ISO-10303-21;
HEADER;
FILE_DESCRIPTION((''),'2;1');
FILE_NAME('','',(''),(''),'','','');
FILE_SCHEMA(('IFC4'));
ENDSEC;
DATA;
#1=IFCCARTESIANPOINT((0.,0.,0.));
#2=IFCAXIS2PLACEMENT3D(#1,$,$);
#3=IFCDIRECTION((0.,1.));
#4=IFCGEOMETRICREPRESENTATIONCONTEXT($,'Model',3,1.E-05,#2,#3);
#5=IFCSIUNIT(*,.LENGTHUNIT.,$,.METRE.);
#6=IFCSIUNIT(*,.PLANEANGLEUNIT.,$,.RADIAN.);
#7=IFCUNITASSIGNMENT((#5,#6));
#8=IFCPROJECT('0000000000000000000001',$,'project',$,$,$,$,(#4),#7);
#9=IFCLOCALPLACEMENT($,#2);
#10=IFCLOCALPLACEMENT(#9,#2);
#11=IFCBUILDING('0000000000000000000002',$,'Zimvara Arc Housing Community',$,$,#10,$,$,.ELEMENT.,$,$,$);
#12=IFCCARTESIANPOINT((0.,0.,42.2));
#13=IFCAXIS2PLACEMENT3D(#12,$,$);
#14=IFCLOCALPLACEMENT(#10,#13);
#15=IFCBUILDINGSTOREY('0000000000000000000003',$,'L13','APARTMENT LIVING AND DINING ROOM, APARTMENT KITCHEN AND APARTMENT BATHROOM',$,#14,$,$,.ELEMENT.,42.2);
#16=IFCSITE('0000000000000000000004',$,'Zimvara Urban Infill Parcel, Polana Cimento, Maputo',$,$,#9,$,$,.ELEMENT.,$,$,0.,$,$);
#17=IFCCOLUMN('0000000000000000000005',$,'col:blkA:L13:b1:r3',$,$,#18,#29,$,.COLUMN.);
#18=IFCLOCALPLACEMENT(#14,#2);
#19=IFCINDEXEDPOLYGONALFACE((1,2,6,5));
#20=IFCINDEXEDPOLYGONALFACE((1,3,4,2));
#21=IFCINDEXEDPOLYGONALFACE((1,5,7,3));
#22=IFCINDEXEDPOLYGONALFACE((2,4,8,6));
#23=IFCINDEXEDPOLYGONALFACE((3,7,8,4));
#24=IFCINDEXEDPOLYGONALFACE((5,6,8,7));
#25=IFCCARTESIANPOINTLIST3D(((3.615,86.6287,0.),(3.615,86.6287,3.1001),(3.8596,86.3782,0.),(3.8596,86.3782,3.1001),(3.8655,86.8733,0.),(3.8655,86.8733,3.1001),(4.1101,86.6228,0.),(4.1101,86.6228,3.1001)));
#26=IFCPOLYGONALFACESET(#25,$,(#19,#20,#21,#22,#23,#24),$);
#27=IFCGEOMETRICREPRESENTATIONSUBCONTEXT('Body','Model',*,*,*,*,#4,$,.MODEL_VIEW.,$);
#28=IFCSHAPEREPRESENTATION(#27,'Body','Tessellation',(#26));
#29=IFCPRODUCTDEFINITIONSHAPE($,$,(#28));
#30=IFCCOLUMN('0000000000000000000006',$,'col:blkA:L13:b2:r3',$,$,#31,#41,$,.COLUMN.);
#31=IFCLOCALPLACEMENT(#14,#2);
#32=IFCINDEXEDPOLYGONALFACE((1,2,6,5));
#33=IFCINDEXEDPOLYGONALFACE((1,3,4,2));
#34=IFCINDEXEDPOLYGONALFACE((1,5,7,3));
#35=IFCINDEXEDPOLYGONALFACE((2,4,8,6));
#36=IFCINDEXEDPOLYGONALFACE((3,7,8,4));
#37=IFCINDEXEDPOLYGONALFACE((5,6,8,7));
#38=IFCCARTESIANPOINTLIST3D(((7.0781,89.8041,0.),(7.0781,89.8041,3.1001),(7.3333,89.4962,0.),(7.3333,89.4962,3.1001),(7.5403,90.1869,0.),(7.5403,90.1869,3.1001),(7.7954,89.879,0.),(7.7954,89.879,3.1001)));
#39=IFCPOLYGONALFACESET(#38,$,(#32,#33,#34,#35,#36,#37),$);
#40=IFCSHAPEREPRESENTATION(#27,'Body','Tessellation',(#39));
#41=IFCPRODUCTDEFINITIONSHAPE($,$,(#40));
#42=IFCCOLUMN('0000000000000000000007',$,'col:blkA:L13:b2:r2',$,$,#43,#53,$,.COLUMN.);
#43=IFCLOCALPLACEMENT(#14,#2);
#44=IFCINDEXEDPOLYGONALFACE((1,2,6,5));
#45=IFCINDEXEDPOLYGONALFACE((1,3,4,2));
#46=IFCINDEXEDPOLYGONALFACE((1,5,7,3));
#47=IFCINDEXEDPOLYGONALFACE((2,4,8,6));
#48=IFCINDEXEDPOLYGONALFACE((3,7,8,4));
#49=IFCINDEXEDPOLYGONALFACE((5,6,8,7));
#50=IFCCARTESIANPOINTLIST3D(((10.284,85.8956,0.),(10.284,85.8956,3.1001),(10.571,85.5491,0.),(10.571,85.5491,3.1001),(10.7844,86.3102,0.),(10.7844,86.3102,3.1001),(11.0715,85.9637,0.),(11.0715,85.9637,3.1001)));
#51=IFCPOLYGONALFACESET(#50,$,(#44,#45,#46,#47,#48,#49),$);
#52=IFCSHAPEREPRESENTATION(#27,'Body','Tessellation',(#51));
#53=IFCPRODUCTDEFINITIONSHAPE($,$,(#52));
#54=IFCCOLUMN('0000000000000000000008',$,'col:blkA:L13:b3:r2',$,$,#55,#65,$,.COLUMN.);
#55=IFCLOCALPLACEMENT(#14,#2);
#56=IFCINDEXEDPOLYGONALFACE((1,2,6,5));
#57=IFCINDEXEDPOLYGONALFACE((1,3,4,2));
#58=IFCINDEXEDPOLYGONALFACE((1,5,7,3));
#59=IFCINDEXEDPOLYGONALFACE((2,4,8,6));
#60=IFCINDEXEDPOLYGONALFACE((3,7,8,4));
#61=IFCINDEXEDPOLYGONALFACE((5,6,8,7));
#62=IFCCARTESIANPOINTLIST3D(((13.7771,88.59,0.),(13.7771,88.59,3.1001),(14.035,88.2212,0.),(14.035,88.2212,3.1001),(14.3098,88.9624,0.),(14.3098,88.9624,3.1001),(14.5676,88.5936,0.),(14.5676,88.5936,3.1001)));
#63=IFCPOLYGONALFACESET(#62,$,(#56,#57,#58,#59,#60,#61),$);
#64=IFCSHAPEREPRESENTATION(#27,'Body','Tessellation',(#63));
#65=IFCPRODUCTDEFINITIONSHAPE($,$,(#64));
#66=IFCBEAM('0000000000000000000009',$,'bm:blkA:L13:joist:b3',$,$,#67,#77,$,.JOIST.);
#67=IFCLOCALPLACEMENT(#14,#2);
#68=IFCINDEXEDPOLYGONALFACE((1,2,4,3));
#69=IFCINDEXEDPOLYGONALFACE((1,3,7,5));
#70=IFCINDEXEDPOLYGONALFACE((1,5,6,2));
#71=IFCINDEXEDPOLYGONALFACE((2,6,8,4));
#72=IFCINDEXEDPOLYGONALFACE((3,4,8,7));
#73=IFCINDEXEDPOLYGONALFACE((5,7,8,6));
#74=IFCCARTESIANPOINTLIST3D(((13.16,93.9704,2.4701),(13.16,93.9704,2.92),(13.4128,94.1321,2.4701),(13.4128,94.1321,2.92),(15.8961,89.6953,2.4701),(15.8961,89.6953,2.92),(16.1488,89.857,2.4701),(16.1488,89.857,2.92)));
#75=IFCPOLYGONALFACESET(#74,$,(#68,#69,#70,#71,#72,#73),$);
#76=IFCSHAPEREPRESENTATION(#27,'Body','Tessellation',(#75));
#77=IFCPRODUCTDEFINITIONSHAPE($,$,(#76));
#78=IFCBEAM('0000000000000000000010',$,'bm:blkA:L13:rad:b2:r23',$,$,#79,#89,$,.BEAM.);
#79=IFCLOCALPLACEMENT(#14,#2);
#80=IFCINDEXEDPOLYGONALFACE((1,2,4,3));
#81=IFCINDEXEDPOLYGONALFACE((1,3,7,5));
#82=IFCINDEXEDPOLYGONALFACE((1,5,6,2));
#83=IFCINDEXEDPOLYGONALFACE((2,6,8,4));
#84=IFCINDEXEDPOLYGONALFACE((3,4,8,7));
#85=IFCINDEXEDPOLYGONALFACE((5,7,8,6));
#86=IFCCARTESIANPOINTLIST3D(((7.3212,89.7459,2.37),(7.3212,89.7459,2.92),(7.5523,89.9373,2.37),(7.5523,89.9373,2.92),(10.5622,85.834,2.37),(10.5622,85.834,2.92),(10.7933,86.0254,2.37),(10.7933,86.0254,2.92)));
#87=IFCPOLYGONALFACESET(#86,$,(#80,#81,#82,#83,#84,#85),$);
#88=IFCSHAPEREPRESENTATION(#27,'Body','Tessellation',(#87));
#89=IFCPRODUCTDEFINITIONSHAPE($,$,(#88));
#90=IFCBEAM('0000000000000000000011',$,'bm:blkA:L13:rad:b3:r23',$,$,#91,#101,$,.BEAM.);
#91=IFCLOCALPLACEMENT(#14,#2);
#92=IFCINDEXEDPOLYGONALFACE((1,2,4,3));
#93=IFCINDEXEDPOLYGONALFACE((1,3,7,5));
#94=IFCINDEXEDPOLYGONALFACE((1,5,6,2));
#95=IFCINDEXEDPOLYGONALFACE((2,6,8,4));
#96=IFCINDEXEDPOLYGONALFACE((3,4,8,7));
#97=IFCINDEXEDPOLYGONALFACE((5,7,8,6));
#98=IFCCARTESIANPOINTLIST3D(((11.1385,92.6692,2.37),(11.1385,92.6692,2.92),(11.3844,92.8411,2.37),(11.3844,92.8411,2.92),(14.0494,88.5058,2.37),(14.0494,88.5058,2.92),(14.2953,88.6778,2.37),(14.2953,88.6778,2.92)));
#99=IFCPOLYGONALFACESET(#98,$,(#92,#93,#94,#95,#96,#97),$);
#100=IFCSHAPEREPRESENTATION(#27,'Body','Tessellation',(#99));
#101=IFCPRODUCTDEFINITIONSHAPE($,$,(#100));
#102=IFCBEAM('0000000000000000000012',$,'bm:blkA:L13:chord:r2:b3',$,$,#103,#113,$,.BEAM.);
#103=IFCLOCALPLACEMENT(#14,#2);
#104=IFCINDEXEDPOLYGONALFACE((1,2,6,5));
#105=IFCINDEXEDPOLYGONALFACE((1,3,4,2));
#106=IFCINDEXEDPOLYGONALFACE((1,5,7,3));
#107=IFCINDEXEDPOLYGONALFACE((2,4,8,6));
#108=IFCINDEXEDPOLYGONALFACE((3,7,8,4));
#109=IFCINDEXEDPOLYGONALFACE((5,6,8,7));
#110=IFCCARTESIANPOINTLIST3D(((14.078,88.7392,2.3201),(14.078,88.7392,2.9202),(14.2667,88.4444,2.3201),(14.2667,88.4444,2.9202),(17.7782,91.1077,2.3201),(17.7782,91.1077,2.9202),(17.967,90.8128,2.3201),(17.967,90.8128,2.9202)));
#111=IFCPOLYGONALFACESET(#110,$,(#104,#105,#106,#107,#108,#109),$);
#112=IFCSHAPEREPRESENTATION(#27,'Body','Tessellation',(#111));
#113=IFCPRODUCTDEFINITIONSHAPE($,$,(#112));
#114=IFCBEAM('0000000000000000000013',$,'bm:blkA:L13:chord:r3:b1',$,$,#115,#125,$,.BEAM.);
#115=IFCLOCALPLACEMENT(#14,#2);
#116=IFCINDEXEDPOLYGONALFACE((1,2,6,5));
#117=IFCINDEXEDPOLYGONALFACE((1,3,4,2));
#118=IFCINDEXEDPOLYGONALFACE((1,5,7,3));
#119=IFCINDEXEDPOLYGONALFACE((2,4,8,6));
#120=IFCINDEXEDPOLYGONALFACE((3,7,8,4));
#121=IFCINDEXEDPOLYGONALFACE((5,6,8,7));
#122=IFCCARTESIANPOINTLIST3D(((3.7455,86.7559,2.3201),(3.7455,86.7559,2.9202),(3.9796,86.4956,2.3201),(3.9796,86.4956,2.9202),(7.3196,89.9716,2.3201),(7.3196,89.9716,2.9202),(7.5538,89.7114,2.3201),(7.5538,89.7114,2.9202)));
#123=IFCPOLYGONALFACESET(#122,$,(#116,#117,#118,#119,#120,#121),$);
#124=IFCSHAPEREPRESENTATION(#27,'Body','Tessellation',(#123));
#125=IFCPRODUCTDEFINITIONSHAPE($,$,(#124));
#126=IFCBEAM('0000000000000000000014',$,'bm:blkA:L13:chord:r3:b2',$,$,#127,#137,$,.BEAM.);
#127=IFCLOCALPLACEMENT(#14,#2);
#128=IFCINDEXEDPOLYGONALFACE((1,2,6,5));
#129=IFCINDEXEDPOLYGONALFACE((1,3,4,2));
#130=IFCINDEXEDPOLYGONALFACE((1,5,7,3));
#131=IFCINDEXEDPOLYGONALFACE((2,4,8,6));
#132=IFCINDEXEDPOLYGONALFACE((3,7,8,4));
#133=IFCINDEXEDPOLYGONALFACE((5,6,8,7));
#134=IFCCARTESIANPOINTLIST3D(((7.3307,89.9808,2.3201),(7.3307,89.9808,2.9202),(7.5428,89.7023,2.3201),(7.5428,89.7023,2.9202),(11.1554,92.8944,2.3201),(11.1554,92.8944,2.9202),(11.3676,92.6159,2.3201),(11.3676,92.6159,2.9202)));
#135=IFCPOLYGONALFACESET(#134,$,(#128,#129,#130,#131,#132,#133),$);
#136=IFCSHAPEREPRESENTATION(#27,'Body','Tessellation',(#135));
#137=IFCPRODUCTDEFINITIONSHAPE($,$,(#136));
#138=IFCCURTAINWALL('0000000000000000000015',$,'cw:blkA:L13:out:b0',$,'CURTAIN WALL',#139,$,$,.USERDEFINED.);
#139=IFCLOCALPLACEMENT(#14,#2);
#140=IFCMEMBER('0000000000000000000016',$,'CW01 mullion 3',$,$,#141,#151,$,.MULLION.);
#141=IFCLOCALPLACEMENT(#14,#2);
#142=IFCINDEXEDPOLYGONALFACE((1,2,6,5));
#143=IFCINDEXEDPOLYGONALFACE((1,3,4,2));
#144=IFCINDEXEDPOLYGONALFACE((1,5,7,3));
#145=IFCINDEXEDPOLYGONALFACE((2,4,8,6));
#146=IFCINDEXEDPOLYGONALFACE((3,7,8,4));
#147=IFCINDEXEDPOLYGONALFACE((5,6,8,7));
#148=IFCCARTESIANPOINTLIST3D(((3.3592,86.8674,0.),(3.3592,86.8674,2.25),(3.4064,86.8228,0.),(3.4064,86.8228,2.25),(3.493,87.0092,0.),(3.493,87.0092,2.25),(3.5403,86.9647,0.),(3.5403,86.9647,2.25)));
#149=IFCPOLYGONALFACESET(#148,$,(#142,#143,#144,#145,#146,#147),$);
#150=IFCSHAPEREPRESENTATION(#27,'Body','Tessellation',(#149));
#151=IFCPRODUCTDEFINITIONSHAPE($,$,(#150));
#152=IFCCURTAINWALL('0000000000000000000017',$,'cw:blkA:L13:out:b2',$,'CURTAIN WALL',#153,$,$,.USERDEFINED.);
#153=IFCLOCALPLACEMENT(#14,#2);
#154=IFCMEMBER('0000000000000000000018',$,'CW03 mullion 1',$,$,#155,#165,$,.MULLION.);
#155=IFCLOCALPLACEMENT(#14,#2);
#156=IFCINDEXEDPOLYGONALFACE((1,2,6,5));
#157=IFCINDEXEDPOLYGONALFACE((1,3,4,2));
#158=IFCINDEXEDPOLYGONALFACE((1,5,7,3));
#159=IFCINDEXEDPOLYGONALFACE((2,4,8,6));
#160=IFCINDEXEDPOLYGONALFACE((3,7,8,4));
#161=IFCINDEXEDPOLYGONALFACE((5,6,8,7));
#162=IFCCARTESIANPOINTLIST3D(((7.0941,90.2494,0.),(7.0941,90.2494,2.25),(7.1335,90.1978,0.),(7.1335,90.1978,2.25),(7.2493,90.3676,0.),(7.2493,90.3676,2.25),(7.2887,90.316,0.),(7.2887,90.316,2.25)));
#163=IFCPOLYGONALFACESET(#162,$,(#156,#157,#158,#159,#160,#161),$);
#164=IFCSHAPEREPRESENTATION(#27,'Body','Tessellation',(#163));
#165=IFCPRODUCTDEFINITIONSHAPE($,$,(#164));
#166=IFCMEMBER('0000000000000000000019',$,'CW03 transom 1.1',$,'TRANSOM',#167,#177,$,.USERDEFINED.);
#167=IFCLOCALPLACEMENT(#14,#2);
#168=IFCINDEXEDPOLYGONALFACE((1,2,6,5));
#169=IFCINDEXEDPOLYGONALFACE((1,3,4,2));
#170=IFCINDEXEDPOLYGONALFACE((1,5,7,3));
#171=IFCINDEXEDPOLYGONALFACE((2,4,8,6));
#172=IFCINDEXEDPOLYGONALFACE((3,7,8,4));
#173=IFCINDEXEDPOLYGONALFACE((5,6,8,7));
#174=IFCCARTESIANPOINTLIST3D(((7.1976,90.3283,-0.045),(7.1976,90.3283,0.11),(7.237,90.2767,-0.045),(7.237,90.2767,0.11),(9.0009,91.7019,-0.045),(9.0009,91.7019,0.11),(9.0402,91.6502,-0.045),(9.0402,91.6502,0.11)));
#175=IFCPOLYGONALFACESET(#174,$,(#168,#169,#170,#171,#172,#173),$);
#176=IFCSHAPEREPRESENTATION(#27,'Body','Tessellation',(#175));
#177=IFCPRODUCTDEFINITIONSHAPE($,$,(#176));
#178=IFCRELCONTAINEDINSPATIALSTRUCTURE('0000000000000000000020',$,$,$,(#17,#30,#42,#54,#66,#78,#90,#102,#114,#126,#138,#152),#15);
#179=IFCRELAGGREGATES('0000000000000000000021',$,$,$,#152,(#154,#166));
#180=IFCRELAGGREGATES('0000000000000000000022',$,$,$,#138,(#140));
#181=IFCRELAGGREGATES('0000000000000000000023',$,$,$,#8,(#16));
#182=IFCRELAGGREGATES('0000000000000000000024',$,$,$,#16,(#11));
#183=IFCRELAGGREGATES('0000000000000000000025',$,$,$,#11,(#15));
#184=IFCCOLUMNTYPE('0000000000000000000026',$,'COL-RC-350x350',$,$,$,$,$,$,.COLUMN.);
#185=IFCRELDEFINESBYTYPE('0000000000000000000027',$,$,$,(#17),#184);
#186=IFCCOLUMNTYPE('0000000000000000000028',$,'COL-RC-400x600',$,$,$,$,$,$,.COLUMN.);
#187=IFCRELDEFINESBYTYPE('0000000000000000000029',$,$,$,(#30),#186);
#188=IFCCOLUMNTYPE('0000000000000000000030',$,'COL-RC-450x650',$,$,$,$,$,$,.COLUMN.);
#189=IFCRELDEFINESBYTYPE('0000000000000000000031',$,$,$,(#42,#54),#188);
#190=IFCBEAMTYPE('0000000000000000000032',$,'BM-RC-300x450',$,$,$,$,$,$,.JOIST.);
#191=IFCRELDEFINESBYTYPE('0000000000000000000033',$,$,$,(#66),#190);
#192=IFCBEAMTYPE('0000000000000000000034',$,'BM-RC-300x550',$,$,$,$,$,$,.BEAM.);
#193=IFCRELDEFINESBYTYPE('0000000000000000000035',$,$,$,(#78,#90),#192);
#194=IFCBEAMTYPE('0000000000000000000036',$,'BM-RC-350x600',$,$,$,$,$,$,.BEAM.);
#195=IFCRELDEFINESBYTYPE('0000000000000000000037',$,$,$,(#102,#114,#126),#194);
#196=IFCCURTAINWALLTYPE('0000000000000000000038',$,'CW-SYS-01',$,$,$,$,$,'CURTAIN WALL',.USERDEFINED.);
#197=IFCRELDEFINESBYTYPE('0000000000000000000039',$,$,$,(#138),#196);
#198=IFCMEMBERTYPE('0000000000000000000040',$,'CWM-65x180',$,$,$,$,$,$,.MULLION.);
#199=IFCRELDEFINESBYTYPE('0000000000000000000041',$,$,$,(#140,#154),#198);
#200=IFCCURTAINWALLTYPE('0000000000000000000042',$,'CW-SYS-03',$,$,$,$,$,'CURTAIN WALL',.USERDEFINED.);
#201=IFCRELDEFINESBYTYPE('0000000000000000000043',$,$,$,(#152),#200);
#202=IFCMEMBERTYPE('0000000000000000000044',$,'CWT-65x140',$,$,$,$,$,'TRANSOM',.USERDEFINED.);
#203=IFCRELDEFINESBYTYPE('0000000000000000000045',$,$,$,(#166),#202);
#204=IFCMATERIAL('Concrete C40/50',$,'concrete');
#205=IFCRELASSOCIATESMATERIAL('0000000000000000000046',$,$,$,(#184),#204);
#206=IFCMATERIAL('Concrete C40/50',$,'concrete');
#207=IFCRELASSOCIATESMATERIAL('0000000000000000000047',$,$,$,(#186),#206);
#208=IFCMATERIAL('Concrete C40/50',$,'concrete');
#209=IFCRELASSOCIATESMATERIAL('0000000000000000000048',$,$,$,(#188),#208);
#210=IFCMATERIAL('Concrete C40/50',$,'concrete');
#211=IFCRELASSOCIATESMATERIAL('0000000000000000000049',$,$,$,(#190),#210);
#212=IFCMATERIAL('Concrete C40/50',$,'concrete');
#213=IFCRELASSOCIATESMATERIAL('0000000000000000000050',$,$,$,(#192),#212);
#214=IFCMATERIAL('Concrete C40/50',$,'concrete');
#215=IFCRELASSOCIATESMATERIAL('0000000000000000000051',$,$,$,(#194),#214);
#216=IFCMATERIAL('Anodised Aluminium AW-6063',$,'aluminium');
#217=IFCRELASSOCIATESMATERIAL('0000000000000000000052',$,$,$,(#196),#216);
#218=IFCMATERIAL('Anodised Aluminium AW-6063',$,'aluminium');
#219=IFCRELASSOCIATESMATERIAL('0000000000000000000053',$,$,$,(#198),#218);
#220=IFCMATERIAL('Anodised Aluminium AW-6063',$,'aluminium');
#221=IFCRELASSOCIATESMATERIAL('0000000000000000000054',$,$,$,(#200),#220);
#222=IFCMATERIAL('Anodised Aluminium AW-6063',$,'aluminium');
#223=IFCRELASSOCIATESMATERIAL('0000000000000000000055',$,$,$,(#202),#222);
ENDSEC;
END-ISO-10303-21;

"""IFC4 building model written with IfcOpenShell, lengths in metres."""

from ifc_helpers import new_model, si_unit, direction, frame, origin, origin_2d, place, context, subcontext, project, spatial, rectangle, extrude, material, material_profile, profile_set, type_object, element, aggregate, save


model = new_model("IFC4")

# Units and contexts
model_context = context("Model", 3, precision=1e-05, world=origin(), true_north=direction((0.0, 1.0)))
body_context = subcontext(model_context, "Body", "Model", "MODEL_VIEW")
ifc_project = project(units=[si_unit("LENGTHUNIT", "METRE"), si_unit("PLANEANGLEUNIT", "RADIAN")], contexts=[model_context])

# Site, building, storey
site_placement = place(None, origin())
site = spatial("IfcSite", under=ifc_project, at=site_placement, Name="Zimvara Urban Infill Parcel, Polana Cimento, Maputo", CompositionType="ELEMENT", RefElevation=0.0)
building_placement = place(site_placement, origin())
building = spatial("IfcBuilding", under=site, at=building_placement, Name="Zimvara Arc Housing Community", CompositionType="ELEMENT")
storey_placement = place(building_placement, frame((0.0, 0.0, 42.2)))
storey = spatial("IfcBuildingStorey", under=building, at=storey_placement, Name="L13", Description="APARTMENT LIVING AND DINING ROOM, APARTMENT KITCHEN AND APARTMENT BATHROOM", CompositionType="ELEMENT", Elevation=42.2)

# Columns
ifc_material_1 = material(Name="Concrete C40/50", Category="concrete")
ifc_material_profile_1 = material_profile(ifc_material_1, rectangle(XDim=0.3501, YDim=0.3501, at=origin_2d()), Name="RC 350x350")
ifc_profile_set_1 = profile_set([ifc_material_profile_1], Name="Concrete C40/50")
column_type_1 = type_object("IfcColumnType", Name="COL-RC-350x350", PredefinedType="COLUMN", material=ifc_profile_set_1)
column_1_placement = place(storey_placement, frame((3.8625, 86.6257, 0.0), z_axis=(0.0, 0.0, 1.0), x_axis=(-0.698665, 0.715449, 0.0)))
element("IfcColumn", 1, at=column_1_placement, inside=storey, type_object=column_type_1, Name="col:blkA:L13:b1:r3", PredefinedType="COLUMN", context=body_context, shape_type="SweptSolid", body=[
    extrude(rectangle(XDim=0.3501, YDim=0.3501, at=origin_2d()), origin(), (0.0, 0.0, 1.0), 3.1001),
])
ifc_material_2 = material(Name="Concrete C40/50", Category="concrete")
ifc_material_profile_2 = material_profile(ifc_material_2, rectangle(XDim=0.3999, YDim=0.6001, at=origin_2d()), Name="RC 400x600")
ifc_profile_set_2 = profile_set([ifc_material_profile_2], Name="Concrete C40/50")
column_type_2 = type_object("IfcColumnType", Name="COL-RC-400x600", PredefinedType="COLUMN", material=ifc_profile_set_2)
column_2_placement = place(storey_placement, frame((7.4368, 89.8416, 0.0), z_axis=(0.0, 0.0, 1.0), x_axis=(-0.637962, 0.770068, 0.0)))
element("IfcColumn", 2, at=column_2_placement, inside=storey, type_object=column_type_2, Name="col:blkA:L13:b2:r3", PredefinedType="COLUMN", context=body_context, shape_type="SweptSolid", body=[
    extrude(rectangle(XDim=0.3999, YDim=0.6001, at=origin_2d()), origin(), (0.0, 0.0, 1.0), 3.1001),
])
ifc_material_3 = material(Name="Concrete C40/50", Category="concrete")
ifc_material_profile_3 = material_profile(ifc_material_3, rectangle(XDim=0.45, YDim=0.6499, at=origin_2d()), Name="RC 450x650")
ifc_profile_set_3 = profile_set([ifc_material_profile_3], Name="Concrete C40/50")
column_type_3 = type_object("IfcColumnType", Name="COL-RC-450x650", PredefinedType="COLUMN", material=ifc_profile_set_3)
for number, where, z_axis, x_axis, name in (
    (3, (10.6777, 85.9297, 0.0), (0.0, 0.0, 1.0), (-0.637962, 0.770068, 0.0), "col:blkA:L13:b2:r2"),
    (4, (14.1724, 88.5918, 0.0), (0.0, 0.0, 1.0), (-0.573004, 0.819552, 0.0), "col:blkA:L13:b3:r2"),
):
    element("IfcColumn", number, at=place(storey_placement, frame(where, z_axis=z_axis, x_axis=x_axis)), inside=storey, type_object=column_type_3, Name=name, PredefinedType="COLUMN", context=body_context, shape_type="SweptSolid", body=[
        extrude(rectangle(XDim=0.45, YDim=0.6499, at=origin_2d()), origin(), (0.0, 0.0, 1.0), 3.1001),
    ])

# Beams
ifc_material_4 = material(Name="Concrete C40/50", Category="concrete")
ifc_material_profile_4 = material_profile(ifc_material_4, rectangle(XDim=0.3, YDim=0.45, at=origin_2d()), Name="RC 300x450")
ifc_profile_set_4 = profile_set([ifc_material_profile_4], Name="Concrete C40/50")
beam_type_1 = type_object("IfcBeamType", Name="BM-RC-300x450", PredefinedType="JOIST", material=ifc_profile_set_4)
beam_1_placement = place(storey_placement, frame((16.0225, 89.7761, 2.6951), z_axis=(-0.539052, 0.842272, 0.0), x_axis=(-0.842272, -0.539052, 0.0)))
element("IfcBeam", 5, at=beam_1_placement, inside=storey, type_object=beam_type_1, Name="bm:blkA:L13:joist:b3", PredefinedType="JOIST", context=body_context, shape_type="SweptSolid", body=[
    extrude(rectangle(XDim=0.3, YDim=0.45, at=origin_2d()), origin(), (0.0, 0.0, 1.0), 5.0757),
])
ifc_material_5 = material(Name="Concrete C40/50", Category="concrete")
ifc_material_profile_5 = material_profile(ifc_material_5, rectangle(XDim=0.3, YDim=0.55, at=origin_2d()), Name="RC 300x550")
ifc_profile_set_5 = profile_set([ifc_material_profile_5], Name="Concrete C40/50")
beam_type_2 = type_object("IfcBeamType", Name="BM-RC-300x550", PredefinedType="BEAM", material=ifc_profile_set_5)
for number, where, z_axis, x_axis, name in (
    (6, (10.6777, 85.9297, 2.645), (-0.637984, 0.77005, 0.0), (-0.77005, -0.637984, 0.0), "bm:blkA:L13:rad:b2:r23"),
    (7, (14.1724, 88.5918, 2.645), (-0.573007, 0.81955, 0.0), (-0.81955, -0.573007, 0.0), "bm:blkA:L13:rad:b3:r23"),
):
    element("IfcBeam", number, at=place(storey_placement, frame(where, z_axis=z_axis, x_axis=x_axis)), inside=storey, type_object=beam_type_2, Name=name, PredefinedType="BEAM", context=body_context, shape_type="SweptSolid", body=[
        extrude(rectangle(XDim=0.3, YDim=0.55, at=origin_2d()), origin(), (0.0, 0.0, 1.0), 5.0801),
    ])
ifc_material_6 = material(Name="Concrete C40/50", Category="concrete")
ifc_material_profile_6 = material_profile(ifc_material_6, rectangle(XDim=0.3501, YDim=0.6001, at=origin_2d()), Name="RC 350x600")
ifc_profile_set_6 = profile_set([ifc_material_profile_6], Name="Concrete C40/50")
beam_type_3 = type_object("IfcBeamType", Name="BM-RC-350x600", PredefinedType="BEAM", material=ifc_profile_set_6)
beam_2_placement = place(storey_placement, frame((14.1724, 88.5918, 2.6201), z_axis=(0.842242, 0.539099, 0.0), x_axis=(-0.539099, 0.842242, 0.0)))
element("IfcBeam", 8, at=beam_2_placement, inside=storey, type_object=beam_type_3, Name="bm:blkA:L13:chord:r2:b3", PredefinedType="BEAM", context=body_context, shape_type="SweptSolid", body=[
    extrude(rectangle(XDim=0.3501, YDim=0.6001, at=origin_2d()), origin(), (0.0, 0.0, 1.0), 4.3933),
])
beam_3_placement = place(storey_placement, frame((3.8625, 86.6257, 2.6201), z_axis=(0.743395, 0.668853, 0.0), x_axis=(-0.668853, 0.743395, 0.0)))
element("IfcBeam", 9, at=beam_3_placement, inside=storey, type_object=beam_type_3, Name="bm:blkA:L13:chord:r3:b1", PredefinedType="BEAM", context=body_context, shape_type="SweptSolid", body=[
    extrude(rectangle(XDim=0.3501, YDim=0.6001, at=origin_2d()), origin(), (0.0, 0.0, 1.0), 4.8079),
])
beam_4_placement = place(storey_placement, frame((7.4368, 89.8416, 2.6201), z_axis=(0.795481, 0.605979, 0.0), x_axis=(-0.605979, 0.795481, 0.0)))
element("IfcBeam", 10, at=beam_4_placement, inside=storey, type_object=beam_type_3, Name="bm:blkA:L13:chord:r3:b2", PredefinedType="BEAM", context=body_context, shape_type="SweptSolid", body=[
    extrude(rectangle(XDim=0.3501, YDim=0.6001, at=origin_2d()), origin(), (0.0, 0.0, 1.0), 4.8081),
])

# Curtain wall, member
ifc_material_7 = material(Name="Anodised Aluminium AW-6063", Category="aluminium")
curtain_wall_type_1 = type_object("IfcCurtainWallType", Name="CW-SYS-01", ElementType="CURTAIN WALL", PredefinedType="USERDEFINED", material=ifc_material_7)
curtain_wall_1_placement = place(storey_placement, origin())
curtain_wall_1 = element("IfcCurtainWall", 11, at=curtain_wall_1_placement, inside=storey, type_object=curtain_wall_type_1, Name="cw:blkA:L13:out:b0", ObjectType="CURTAIN WALL", PredefinedType="USERDEFINED")
ifc_material_8 = material(Name="Anodised Aluminium AW-6063", Category="aluminium")
ifc_material_profile_7 = material_profile(ifc_material_8, rectangle(XDim=0.0649, YDim=0.1951, at=origin_2d()), Name="ALU 65x195")
ifc_profile_set_7 = profile_set([ifc_material_profile_7], Name="Anodised Aluminium AW-6063")
member_type_1 = type_object("IfcMemberType", Name="CWM-65x180", PredefinedType="MULLION", material=ifc_profile_set_7)
member_1_placement = place(storey_placement, frame((3.4497, 86.916, 0.0), z_axis=(0.0, 0.0, 1.0), x_axis=(-0.727294, 0.686326, 0.0)))
member_1 = element("IfcMember", 12, at=member_1_placement, type_object=member_type_1, Name="CW01 mullion 3", PredefinedType="MULLION", context=body_context, shape_type="SweptSolid", body=[
    extrude(rectangle(XDim=0.0649, YDim=0.1951, at=origin_2d()), origin(), (0.0, 0.0, 1.0), 2.25),
])

# Curtain wall, members
ifc_material_9 = material(Name="Anodised Aluminium AW-6063", Category="aluminium")
curtain_wall_type_2 = type_object("IfcCurtainWallType", Name="CW-SYS-03", ElementType="CURTAIN WALL", PredefinedType="USERDEFINED", material=ifc_material_9)
curtain_wall_2_placement = place(storey_placement, origin())
curtain_wall_2 = element("IfcCurtainWall", 13, at=curtain_wall_2_placement, inside=storey, type_object=curtain_wall_type_2, Name="cw:blkA:L13:out:b2", ObjectType="CURTAIN WALL", PredefinedType="USERDEFINED")
member_2_placement = place(storey_placement, frame((7.1914, 90.2827, 0.0), z_axis=(0.0, 0.0, 1.0), x_axis=(-0.605988, 0.795474, 0.0)))
member_2 = element("IfcMember", 14, at=member_2_placement, type_object=member_type_1, Name="CW03 mullion 1", PredefinedType="MULLION", context=body_context, shape_type="SweptSolid", body=[
    extrude(rectangle(XDim=0.0649, YDim=0.1951, at=origin_2d()), origin(), (0.0, 0.0, 1.0), 2.25),
])
ifc_material_10 = material(Name="Anodised Aluminium AW-6063", Category="aluminium")
ifc_material_profile_8 = material_profile(ifc_material_10, rectangle(XDim=0.0649, YDim=0.155, at=origin_2d()), Name="ALU 65x155")
ifc_profile_set_8 = profile_set([ifc_material_profile_8], Name="Anodised Aluminium AW-6063")
member_type_2 = type_object("IfcMemberType", Name="CWT-65x140", ElementType="TRANSOM", PredefinedType="USERDEFINED", material=ifc_profile_set_8)
member_3_placement = place(storey_placement, frame((7.2173, 90.3025, 0.0325), z_axis=(0.795506, 0.605946, 0.0), x_axis=(-0.605946, 0.795506, 0.0)))
member_3 = element("IfcMember", 15, at=member_3_placement, type_object=member_type_2, Name="CW03 transom 1.1", ObjectType="TRANSOM", PredefinedType="USERDEFINED", context=body_context, shape_type="SweptSolid", body=[
    extrude(rectangle(XDim=0.0649, YDim=0.155, at=origin_2d()), origin(), (0.0, 0.0, 1.0), 2.2668),
])
aggregate(curtain_wall_2, [member_2, member_3])

aggregate(curtain_wall_1, [member_1])

save(model, "model.ifc")
